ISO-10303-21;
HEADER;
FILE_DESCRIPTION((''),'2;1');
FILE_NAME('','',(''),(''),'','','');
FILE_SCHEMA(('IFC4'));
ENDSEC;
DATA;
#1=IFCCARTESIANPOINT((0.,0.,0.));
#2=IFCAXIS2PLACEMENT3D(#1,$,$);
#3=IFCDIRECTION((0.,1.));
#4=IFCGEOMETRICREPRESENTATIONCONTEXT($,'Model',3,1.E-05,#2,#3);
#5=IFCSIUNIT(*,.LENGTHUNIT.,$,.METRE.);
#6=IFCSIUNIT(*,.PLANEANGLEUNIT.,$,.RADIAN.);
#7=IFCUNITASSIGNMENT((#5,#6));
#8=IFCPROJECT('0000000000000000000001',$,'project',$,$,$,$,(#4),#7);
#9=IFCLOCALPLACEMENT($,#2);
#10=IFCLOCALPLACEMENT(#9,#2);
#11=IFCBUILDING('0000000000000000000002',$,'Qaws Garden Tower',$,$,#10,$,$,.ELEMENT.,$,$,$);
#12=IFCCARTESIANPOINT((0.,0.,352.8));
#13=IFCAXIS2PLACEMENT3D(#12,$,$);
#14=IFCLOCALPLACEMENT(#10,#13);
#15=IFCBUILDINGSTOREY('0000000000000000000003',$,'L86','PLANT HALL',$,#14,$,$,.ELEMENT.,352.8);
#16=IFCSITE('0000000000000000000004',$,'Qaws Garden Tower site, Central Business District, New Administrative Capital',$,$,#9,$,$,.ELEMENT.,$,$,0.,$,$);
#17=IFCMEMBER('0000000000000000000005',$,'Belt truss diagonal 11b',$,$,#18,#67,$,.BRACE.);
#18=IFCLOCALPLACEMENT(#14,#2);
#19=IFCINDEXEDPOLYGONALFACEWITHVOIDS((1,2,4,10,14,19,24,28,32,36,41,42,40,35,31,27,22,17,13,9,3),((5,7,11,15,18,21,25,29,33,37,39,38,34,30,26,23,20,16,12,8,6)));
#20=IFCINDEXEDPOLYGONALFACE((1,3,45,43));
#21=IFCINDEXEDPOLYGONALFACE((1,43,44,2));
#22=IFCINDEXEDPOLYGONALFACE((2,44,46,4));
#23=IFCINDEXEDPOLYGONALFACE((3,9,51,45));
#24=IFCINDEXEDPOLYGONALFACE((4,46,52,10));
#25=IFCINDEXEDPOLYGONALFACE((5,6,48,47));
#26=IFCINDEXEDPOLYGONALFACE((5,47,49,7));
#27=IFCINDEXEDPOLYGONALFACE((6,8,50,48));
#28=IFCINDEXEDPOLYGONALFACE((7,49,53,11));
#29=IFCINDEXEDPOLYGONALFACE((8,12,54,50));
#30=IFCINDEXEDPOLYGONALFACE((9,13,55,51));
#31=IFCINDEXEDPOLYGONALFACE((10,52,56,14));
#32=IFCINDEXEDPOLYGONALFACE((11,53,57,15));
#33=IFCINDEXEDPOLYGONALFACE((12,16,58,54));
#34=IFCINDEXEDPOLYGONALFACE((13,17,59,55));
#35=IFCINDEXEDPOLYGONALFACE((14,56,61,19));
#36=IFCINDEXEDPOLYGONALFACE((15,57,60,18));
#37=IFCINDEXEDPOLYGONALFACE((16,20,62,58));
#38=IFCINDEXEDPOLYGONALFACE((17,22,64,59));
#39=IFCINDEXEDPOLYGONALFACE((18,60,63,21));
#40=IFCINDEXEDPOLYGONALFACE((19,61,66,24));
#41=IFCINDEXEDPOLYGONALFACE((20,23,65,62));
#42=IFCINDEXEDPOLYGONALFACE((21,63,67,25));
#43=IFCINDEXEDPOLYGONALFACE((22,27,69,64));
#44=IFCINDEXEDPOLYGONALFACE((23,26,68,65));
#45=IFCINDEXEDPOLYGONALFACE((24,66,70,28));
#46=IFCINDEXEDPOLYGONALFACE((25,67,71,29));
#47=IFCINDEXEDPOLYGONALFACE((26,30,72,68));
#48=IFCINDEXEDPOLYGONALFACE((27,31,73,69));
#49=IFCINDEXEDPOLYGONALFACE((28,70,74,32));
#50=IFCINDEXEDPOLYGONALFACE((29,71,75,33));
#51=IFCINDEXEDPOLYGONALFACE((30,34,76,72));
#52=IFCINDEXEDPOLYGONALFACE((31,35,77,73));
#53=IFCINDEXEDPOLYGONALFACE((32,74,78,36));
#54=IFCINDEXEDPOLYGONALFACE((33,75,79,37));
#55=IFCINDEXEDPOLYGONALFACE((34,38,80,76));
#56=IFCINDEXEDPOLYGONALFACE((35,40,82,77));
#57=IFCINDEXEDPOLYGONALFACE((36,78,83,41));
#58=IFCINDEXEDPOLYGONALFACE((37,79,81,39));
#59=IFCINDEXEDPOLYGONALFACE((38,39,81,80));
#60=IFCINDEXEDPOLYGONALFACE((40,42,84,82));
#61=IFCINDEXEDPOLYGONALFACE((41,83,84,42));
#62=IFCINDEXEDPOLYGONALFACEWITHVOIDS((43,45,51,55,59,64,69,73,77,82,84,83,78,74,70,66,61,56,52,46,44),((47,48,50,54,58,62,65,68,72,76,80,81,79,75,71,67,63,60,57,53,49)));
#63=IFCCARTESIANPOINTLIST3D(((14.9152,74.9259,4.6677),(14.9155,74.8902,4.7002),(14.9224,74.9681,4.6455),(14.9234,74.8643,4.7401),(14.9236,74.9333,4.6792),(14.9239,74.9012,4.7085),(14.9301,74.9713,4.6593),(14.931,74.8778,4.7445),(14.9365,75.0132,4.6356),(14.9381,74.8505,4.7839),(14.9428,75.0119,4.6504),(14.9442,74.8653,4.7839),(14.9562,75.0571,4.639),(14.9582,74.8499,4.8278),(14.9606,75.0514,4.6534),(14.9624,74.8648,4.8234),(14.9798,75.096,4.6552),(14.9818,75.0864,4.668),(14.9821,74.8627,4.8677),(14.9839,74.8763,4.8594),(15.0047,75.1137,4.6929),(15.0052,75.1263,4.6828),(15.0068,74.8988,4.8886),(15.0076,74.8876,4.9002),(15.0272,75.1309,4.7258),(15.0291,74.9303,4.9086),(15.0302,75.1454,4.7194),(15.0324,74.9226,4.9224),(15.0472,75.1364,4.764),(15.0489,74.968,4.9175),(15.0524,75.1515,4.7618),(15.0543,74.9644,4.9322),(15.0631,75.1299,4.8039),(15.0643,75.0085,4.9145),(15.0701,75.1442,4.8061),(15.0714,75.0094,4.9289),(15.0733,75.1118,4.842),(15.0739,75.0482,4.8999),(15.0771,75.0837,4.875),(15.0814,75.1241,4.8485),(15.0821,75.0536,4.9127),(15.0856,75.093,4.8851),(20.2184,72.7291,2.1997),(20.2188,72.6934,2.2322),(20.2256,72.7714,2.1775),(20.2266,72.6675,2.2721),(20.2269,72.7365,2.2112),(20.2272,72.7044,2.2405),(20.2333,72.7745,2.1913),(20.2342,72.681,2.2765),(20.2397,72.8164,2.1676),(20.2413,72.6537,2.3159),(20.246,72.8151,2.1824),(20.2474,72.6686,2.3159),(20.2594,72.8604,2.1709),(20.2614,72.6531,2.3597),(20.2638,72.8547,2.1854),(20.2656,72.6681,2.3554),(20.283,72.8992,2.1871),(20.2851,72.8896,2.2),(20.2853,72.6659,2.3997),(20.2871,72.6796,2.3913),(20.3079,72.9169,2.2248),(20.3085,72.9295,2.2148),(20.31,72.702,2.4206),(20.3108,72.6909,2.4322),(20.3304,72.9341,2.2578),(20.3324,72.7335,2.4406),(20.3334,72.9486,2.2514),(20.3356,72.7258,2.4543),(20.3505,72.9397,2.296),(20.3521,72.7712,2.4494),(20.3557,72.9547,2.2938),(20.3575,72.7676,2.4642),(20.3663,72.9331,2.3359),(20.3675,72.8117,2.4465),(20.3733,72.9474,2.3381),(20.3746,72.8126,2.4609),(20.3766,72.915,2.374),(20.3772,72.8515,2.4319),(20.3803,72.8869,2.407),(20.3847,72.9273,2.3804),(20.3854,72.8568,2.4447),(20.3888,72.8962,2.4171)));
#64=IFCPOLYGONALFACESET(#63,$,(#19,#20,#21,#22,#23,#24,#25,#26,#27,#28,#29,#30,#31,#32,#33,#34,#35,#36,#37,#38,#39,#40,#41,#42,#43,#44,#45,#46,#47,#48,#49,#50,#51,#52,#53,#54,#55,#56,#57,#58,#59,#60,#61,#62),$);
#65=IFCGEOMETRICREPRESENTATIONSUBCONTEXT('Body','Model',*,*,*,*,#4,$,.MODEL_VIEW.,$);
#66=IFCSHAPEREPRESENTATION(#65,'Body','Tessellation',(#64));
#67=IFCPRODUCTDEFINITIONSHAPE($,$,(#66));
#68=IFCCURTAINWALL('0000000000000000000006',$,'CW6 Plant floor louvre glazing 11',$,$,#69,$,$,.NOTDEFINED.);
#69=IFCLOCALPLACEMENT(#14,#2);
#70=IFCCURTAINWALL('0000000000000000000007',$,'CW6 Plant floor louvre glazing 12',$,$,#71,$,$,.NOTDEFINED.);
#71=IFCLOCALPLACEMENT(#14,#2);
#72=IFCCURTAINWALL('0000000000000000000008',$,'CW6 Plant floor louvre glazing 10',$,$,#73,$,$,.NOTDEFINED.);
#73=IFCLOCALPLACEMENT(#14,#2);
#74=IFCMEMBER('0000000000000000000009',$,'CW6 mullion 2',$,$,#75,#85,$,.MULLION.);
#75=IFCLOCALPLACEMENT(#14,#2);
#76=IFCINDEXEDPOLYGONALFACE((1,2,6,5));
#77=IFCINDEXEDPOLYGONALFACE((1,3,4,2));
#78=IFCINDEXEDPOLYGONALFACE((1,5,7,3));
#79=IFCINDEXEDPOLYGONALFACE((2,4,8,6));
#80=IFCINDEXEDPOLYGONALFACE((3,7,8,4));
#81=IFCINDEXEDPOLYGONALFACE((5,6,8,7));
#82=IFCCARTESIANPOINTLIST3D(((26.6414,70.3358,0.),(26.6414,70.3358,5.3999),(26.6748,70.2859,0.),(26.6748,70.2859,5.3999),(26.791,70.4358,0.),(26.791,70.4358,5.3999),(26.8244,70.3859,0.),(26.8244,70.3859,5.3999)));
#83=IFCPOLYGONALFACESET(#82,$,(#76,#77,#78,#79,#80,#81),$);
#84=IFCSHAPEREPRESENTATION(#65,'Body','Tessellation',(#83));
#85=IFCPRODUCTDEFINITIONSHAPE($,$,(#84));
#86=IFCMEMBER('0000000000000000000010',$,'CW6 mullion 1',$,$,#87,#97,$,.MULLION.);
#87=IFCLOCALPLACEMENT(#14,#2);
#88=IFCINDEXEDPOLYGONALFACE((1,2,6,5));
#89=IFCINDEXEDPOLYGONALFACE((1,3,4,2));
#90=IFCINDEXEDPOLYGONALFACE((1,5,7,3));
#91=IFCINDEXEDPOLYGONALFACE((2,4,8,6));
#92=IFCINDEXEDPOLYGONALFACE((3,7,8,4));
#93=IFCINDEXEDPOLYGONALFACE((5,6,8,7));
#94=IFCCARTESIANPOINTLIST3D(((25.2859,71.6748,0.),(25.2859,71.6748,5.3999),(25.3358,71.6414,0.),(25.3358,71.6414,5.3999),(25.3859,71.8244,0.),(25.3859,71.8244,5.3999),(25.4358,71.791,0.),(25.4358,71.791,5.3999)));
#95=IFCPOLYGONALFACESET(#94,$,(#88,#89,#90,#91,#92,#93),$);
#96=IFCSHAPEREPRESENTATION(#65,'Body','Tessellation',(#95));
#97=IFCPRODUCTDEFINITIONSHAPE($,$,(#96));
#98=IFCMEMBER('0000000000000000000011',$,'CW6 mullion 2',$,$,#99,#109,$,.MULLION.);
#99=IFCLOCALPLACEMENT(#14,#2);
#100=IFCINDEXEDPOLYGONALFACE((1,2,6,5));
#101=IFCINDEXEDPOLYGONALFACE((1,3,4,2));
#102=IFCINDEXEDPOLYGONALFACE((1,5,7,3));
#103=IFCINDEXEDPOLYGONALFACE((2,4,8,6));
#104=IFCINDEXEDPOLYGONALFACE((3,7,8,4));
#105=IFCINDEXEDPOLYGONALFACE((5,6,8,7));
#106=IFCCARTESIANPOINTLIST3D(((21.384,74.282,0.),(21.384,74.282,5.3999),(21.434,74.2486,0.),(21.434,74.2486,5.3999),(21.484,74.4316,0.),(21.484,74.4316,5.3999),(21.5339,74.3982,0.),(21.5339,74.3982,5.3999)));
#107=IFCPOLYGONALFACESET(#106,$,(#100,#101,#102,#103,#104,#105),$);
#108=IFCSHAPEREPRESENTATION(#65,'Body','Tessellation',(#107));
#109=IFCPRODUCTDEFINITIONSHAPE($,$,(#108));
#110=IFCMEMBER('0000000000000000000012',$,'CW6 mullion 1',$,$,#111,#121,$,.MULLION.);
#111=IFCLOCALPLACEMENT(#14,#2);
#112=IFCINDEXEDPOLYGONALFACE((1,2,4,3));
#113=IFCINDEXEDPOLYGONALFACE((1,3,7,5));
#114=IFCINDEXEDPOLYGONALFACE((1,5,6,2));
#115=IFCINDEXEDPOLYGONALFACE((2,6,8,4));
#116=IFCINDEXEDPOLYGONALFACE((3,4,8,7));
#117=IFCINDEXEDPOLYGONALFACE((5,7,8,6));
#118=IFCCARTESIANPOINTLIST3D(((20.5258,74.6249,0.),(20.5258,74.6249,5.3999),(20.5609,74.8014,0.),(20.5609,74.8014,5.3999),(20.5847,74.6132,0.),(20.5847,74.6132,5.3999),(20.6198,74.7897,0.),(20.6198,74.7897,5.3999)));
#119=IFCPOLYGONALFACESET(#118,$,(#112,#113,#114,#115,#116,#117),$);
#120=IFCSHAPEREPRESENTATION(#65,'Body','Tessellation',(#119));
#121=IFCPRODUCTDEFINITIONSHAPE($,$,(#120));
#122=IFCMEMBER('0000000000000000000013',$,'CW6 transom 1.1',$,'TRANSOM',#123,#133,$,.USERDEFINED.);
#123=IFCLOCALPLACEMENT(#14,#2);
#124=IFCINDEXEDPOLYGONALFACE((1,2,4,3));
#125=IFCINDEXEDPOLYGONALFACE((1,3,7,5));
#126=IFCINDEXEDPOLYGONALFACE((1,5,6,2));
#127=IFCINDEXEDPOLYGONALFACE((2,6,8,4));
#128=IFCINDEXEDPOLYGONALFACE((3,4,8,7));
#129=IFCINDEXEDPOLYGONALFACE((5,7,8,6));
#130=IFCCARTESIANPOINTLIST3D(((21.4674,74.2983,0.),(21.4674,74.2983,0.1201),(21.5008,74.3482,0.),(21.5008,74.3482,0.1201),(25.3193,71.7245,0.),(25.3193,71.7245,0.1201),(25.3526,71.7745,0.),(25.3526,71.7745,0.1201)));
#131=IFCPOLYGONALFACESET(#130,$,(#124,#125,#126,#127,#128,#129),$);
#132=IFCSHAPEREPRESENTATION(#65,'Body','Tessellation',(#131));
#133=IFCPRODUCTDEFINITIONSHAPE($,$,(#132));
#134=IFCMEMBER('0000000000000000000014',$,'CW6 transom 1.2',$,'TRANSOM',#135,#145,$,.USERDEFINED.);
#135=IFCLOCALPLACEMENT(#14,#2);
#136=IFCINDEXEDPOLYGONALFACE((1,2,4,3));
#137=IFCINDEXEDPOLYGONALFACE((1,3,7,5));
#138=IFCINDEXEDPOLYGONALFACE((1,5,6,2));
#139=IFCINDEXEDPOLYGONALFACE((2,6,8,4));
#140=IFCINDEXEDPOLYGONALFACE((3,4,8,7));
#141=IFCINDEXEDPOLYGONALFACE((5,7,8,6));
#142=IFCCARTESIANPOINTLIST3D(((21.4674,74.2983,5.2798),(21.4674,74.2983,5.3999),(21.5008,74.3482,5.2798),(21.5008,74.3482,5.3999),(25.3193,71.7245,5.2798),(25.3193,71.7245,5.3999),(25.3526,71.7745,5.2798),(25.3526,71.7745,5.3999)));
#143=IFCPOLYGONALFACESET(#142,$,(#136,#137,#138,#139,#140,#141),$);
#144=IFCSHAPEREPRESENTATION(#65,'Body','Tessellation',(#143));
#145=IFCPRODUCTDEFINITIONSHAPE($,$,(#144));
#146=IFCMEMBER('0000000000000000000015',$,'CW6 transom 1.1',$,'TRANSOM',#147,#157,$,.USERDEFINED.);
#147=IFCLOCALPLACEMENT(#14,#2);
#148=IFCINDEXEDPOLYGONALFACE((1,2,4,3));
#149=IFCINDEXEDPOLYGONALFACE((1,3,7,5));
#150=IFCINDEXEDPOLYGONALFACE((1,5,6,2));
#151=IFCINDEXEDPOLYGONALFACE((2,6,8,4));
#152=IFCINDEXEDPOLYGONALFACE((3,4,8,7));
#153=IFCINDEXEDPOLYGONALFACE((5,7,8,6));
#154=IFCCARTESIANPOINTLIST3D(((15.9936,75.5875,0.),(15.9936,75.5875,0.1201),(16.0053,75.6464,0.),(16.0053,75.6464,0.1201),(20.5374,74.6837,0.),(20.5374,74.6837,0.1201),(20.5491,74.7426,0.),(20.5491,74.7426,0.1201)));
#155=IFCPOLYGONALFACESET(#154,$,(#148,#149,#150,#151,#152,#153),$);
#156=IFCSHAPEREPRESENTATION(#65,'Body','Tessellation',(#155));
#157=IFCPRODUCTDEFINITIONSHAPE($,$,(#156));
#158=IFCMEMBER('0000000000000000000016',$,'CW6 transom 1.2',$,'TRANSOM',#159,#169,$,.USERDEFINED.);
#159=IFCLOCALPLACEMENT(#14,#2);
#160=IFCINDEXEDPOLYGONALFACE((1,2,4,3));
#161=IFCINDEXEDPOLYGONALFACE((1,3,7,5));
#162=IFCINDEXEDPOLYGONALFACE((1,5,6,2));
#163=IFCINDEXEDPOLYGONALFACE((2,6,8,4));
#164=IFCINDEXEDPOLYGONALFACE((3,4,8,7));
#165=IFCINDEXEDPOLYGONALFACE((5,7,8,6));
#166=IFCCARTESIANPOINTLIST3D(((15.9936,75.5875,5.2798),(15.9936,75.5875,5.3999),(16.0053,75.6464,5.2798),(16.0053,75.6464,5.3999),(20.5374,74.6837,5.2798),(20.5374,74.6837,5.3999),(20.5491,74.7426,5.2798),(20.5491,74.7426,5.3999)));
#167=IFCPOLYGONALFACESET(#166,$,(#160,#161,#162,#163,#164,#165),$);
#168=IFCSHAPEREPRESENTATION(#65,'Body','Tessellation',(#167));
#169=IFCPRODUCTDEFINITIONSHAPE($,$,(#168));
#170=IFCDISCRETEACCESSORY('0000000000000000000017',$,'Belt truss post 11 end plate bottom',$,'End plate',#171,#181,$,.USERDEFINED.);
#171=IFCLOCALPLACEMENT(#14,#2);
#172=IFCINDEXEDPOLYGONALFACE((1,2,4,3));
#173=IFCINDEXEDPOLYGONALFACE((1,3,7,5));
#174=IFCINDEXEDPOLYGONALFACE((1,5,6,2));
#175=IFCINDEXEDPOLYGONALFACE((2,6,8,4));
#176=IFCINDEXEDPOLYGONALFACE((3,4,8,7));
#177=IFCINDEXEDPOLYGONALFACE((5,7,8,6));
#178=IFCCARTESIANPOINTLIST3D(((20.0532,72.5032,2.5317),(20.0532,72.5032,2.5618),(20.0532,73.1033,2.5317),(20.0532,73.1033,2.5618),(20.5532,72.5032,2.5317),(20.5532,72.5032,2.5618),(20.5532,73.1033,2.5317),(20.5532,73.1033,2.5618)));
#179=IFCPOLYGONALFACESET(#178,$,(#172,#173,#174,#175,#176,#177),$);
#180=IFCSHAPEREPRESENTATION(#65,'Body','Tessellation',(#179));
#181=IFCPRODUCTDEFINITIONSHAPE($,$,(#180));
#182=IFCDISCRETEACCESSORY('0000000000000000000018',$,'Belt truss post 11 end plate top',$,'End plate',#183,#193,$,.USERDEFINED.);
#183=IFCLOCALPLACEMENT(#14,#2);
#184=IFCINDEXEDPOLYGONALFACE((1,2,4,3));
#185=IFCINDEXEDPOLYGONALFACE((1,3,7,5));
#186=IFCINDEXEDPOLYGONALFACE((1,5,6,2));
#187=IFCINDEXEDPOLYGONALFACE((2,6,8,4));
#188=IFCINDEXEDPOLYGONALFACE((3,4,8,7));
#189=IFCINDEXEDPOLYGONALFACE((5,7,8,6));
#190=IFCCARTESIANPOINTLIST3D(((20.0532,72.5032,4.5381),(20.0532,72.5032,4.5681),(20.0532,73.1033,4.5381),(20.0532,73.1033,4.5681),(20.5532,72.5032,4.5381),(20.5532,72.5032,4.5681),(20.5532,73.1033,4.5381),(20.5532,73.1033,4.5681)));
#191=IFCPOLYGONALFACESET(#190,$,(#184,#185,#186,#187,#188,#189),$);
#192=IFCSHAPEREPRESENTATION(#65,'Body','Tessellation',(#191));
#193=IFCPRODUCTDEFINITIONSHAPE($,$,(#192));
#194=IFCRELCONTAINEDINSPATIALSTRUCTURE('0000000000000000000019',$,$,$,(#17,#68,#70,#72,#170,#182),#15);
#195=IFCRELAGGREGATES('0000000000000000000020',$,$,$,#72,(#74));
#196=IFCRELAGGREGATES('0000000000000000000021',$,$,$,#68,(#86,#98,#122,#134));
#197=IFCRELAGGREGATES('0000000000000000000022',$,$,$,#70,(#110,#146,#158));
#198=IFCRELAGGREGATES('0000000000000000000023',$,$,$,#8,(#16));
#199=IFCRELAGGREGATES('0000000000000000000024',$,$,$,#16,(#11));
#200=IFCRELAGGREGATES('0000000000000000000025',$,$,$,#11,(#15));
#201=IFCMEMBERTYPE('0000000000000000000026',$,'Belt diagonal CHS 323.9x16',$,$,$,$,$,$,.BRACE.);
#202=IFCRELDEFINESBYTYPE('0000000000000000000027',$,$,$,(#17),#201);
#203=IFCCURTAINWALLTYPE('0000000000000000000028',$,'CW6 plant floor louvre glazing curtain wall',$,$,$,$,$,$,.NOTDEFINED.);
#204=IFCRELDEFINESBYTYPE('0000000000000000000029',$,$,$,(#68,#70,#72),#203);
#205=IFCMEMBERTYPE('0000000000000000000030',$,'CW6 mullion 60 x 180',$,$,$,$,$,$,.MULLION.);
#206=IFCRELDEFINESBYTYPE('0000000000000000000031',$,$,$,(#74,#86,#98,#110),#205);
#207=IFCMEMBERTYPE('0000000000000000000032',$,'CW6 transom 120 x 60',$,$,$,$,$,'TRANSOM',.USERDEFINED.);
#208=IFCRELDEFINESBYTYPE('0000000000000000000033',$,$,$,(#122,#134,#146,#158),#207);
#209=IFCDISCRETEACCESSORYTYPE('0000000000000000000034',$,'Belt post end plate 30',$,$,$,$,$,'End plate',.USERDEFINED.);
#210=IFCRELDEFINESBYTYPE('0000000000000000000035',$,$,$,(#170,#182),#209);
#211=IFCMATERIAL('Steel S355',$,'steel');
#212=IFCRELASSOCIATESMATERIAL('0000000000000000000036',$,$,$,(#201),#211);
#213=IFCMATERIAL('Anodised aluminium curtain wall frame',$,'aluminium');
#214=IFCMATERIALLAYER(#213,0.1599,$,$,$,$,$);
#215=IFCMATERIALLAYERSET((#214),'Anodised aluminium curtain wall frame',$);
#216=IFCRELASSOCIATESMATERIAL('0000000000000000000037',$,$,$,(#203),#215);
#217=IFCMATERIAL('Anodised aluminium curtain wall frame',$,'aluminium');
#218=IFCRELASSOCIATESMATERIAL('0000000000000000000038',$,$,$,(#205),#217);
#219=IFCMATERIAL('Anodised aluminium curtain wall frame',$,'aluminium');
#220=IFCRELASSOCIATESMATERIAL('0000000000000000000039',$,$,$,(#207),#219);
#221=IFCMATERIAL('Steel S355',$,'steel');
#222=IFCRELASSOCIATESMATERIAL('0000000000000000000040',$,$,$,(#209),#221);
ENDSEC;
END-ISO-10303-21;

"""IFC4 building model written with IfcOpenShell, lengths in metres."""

from ifc_helpers import new_model, si_unit, direction, frame, origin, origin_2d, place, context, subcontext, project, spatial, rectangle, hollow_circle, extrude, material, layer, layer_set, material_profile, profile_set, type_object, element, aggregate, save


model = new_model("IFC4")

# Units and contexts
model_context = context("Model", 3, precision=1e-05, world=origin(), true_north=direction((0.0, 1.0)))
body_context = subcontext(model_context, "Body", "Model", "MODEL_VIEW")
ifc_project = project(units=[si_unit("LENGTHUNIT", "METRE"), si_unit("PLANEANGLEUNIT", "RADIAN")], contexts=[model_context])

# Site, building, storey
site_placement = place(None, origin())
site = spatial("IfcSite", under=ifc_project, at=site_placement, Name="Qaws Garden Tower site, Central Business District, New Administrative Capital", CompositionType="ELEMENT", RefElevation=0.0)
building_placement = place(site_placement, origin())
building = spatial("IfcBuilding", under=site, at=building_placement, Name="Qaws Garden Tower", CompositionType="ELEMENT")
storey_placement = place(building_placement, frame((0.0, 0.0, 352.8)))
storey = spatial("IfcBuildingStorey", under=building, at=storey_placement, Name="L86", Description="PLANT HALL", CompositionType="ELEMENT", Elevation=352.8)

# Member
ifc_material_1 = material(Name="Steel S355", Category="steel")
ifc_material_profile_1 = material_profile(ifc_material_1, hollow_circle(Radius=0.1619, WallThickness=0.0161, at=origin_2d()), Name="CHS 323.9x16")
ifc_profile_set_1 = profile_set([ifc_material_profile_1], Name="Steel S355")
member_type_1 = type_object("IfcMemberType", Name="Belt diagonal CHS 323.9x16", PredefinedType="BRACE", material=ifc_profile_set_1)
for number, where, z_axis, x_axis, name in (
    (1, (20.3032, 72.8032, 2.3159), (-0.848748, 0.351581, 0.394991), (-0.3827, -0.923873, 0.0), "Belt truss diagonal 11b"),
):
    element("IfcMember", number, at=place(storey_placement, frame(where, z_axis=z_axis, x_axis=x_axis)), inside=storey, type_object=member_type_1, Name=name, PredefinedType="BRACE", context=body_context, shape_type="SweptSolid", body=[
        extrude(hollow_circle(Radius=0.1619, WallThickness=0.0161, at=origin_2d()), origin(), (0.0, 0.0, 1.0), 6.2483),
    ])

# Curtain walls, member
ifc_material_2 = material(Name="Anodised aluminium curtain wall frame", Category="aluminium")
ifc_layer_1 = layer(ifc_material_2, 0.1599)
ifc_layer_set_1 = layer_set([ifc_layer_1], Name="Anodised aluminium curtain wall frame")
curtain_wall_type = type_object("IfcCurtainWallType", Name="CW6 plant floor louvre glazing curtain wall", PredefinedType="NOTDEFINED", material=ifc_layer_set_1)
placement_1 = place(storey_placement, origin())
curtain_wall_1 = element("IfcCurtainWall", 2, at=placement_1, inside=storey, type_object=curtain_wall_type, Name="CW6 Plant floor louvre glazing 11", PredefinedType="NOTDEFINED")
curtain_wall_2 = element("IfcCurtainWall", 3, at=placement_1, inside=storey, type_object=curtain_wall_type, Name="CW6 Plant floor louvre glazing 12", PredefinedType="NOTDEFINED")
curtain_wall_3 = element("IfcCurtainWall", 4, at=placement_1, inside=storey, type_object=curtain_wall_type, Name="CW6 Plant floor louvre glazing 10", PredefinedType="NOTDEFINED")
ifc_material_3 = material(Name="Anodised aluminium curtain wall frame", Category="aluminium")
ifc_material_profile_2 = material_profile(ifc_material_3, rectangle(XDim=0.1799, YDim=0.0601, at=origin_2d()), Name="AL 60x180")
ifc_profile_set_2 = profile_set([ifc_material_profile_2], Name="Anodised aluminium curtain wall frame")
member_type_2 = type_object("IfcMemberType", Name="CW6 mullion 60 x 180", PredefinedType="MULLION", material=ifc_profile_set_2)
member_1_placement = place(storey_placement, frame((26.7329, 70.3608, 0.0), z_axis=(0.0, 0.0, 1.0), x_axis=(-0.83147, -0.55557, 0.0)))
member_1 = element("IfcMember", 5, at=member_1_placement, type_object=member_type_2, Name="CW6 mullion 2", PredefinedType="MULLION", context=body_context, shape_type="SweptSolid", body=[
    extrude(rectangle(XDim=0.1799, YDim=0.0601, at=origin_2d()), origin(), (0.0, 0.0, 1.0), 5.3999),
])
aggregate(curtain_wall_3, [member_1])

# Members
member_2_placement = place(storey_placement, frame((25.3608, 71.7329, 0.0), z_axis=(0.0, 0.0, 1.0), x_axis=(-0.55557, -0.83147, 0.0)))
member_2 = element("IfcMember", 6, at=member_2_placement, type_object=member_type_2, Name="CW6 mullion 1", PredefinedType="MULLION", context=body_context, shape_type="SweptSolid", body=[
    extrude(rectangle(XDim=0.1799, YDim=0.0601, at=origin_2d()), origin(), (0.0, 0.0, 1.0), 5.3999),
])
member_3_placement = place(storey_placement, frame((21.459, 74.3401, 0.0), z_axis=(0.0, 0.0, 1.0), x_axis=(-0.55557, -0.83147, 0.0)))
member_3 = element("IfcMember", 7, at=member_3_placement, type_object=member_type_2, Name="CW6 mullion 2", PredefinedType="MULLION", context=body_context, shape_type="SweptSolid", body=[
    extrude(rectangle(XDim=0.1799, YDim=0.0601, at=origin_2d()), origin(), (0.0, 0.0, 1.0), 5.3999),
])
member_4_placement = place(storey_placement, frame((20.5728, 74.7073, 0.0), z_axis=(0.0, 0.0, 1.0), x_axis=(-0.19509, -0.980785, 0.0)))
member_4 = element("IfcMember", 8, at=member_4_placement, type_object=member_type_2, Name="CW6 mullion 1", PredefinedType="MULLION", context=body_context, shape_type="SweptSolid", body=[
    extrude(rectangle(XDim=0.1799, YDim=0.0601, at=origin_2d()), origin(), (0.0, 0.0, 1.0), 5.3999),
])
ifc_material_4 = material(Name="Anodised aluminium curtain wall frame", Category="aluminium")
ifc_material_profile_3 = material_profile(ifc_material_4, rectangle(XDim=0.0601, YDim=0.1201, at=origin_2d()), Name="AL 60x120")
ifc_profile_set_3 = profile_set([ifc_material_profile_3], Name="Anodised aluminium curtain wall frame")
member_type_3 = type_object("IfcMemberType", Name="CW6 transom 120 x 60", ElementType="TRANSOM", PredefinedType="USERDEFINED", material=ifc_profile_set_3)
member_5_placement = place(storey_placement, frame((25.3359, 71.7495, 0.0601), z_axis=(-0.831466, 0.555576, 0.0), x_axis=(-0.555576, -0.831466, 0.0)))
member_5 = element("IfcMember", 9, at=member_5_placement, type_object=member_type_3, Name="CW6 transom 1.1", ObjectType="TRANSOM", PredefinedType="USERDEFINED", context=body_context, shape_type="SweptSolid", body=[
    extrude(rectangle(XDim=0.0601, YDim=0.1201, at=origin_2d()), origin(), (0.0, 0.0, 1.0), 4.6326),
])
member_6_placement = place(storey_placement, frame((25.3359, 71.7495, 5.3398), z_axis=(-0.831466, 0.555576, 0.0), x_axis=(-0.555576, -0.831466, 0.0)))
member_6 = element("IfcMember", 10, at=member_6_placement, type_object=member_type_3, Name="CW6 transom 1.2", ObjectType="TRANSOM", PredefinedType="USERDEFINED", context=body_context, shape_type="SweptSolid", body=[
    extrude(rectangle(XDim=0.0601, YDim=0.1201, at=origin_2d()), origin(), (0.0, 0.0, 1.0), 4.6326),
])
member_7_placement = place(storey_placement, frame((20.5432, 74.7131, 0.0601), z_axis=(-0.980785, 0.195092, 0.0), x_axis=(-0.195092, -0.980785, 0.0)))
member_7 = element("IfcMember", 11, at=member_7_placement, type_object=member_type_3, Name="CW6 transom 1.1", ObjectType="TRANSOM", PredefinedType="USERDEFINED", context=body_context, shape_type="SweptSolid", body=[
    extrude(rectangle(XDim=0.0601, YDim=0.1201, at=origin_2d()), origin(), (0.0, 0.0, 1.0), 4.6328),
])
member_8_placement = place(storey_placement, frame((20.5432, 74.7131, 5.3398), z_axis=(-0.980785, 0.195092, 0.0), x_axis=(-0.195092, -0.980785, 0.0)))
member_8 = element("IfcMember", 12, at=member_8_placement, type_object=member_type_3, Name="CW6 transom 1.2", ObjectType="TRANSOM", PredefinedType="USERDEFINED", context=body_context, shape_type="SweptSolid", body=[
    extrude(rectangle(XDim=0.0601, YDim=0.1201, at=origin_2d()), origin(), (0.0, 0.0, 1.0), 4.6328),
])

aggregate(curtain_wall_1, [member_2, member_3, member_5, member_6])

aggregate(curtain_wall_2, [member_4, member_7, member_8])

# Discrete accessories
ifc_material_5 = material(Name="Steel S355", Category="steel")
discrete_accessory_type = type_object("IfcDiscreteAccessoryType", Name="Belt post end plate 30", ElementType="End plate", PredefinedType="USERDEFINED", material=ifc_material_5)
for number, where, z_axis, x_axis, name in (
    (13, (20.3032, 72.8032, 2.5317), (0.0, 0.0, 1.0), (1.0, 0.0, 0.0), "Belt truss post 11 end plate bottom"),
    (14, (20.3032, 72.8032, 4.5381), (0.0, 0.0, 1.0), (1.0, 0.0, 0.0), "Belt truss post 11 end plate top"),
):
    element("IfcDiscreteAccessory", number, at=place(storey_placement, frame(where, z_axis=z_axis, x_axis=x_axis)), inside=storey, type_object=discrete_accessory_type, Name=name, ObjectType="End plate", PredefinedType="USERDEFINED", context=body_context, shape_type="SweptSolid", body=[
        extrude(rectangle(XDim=0.5, YDim=0.6001, at=origin_2d()), origin(), (0.0, 0.0, 1.0), 0.03),
    ])

save(model, "model.ifc")
